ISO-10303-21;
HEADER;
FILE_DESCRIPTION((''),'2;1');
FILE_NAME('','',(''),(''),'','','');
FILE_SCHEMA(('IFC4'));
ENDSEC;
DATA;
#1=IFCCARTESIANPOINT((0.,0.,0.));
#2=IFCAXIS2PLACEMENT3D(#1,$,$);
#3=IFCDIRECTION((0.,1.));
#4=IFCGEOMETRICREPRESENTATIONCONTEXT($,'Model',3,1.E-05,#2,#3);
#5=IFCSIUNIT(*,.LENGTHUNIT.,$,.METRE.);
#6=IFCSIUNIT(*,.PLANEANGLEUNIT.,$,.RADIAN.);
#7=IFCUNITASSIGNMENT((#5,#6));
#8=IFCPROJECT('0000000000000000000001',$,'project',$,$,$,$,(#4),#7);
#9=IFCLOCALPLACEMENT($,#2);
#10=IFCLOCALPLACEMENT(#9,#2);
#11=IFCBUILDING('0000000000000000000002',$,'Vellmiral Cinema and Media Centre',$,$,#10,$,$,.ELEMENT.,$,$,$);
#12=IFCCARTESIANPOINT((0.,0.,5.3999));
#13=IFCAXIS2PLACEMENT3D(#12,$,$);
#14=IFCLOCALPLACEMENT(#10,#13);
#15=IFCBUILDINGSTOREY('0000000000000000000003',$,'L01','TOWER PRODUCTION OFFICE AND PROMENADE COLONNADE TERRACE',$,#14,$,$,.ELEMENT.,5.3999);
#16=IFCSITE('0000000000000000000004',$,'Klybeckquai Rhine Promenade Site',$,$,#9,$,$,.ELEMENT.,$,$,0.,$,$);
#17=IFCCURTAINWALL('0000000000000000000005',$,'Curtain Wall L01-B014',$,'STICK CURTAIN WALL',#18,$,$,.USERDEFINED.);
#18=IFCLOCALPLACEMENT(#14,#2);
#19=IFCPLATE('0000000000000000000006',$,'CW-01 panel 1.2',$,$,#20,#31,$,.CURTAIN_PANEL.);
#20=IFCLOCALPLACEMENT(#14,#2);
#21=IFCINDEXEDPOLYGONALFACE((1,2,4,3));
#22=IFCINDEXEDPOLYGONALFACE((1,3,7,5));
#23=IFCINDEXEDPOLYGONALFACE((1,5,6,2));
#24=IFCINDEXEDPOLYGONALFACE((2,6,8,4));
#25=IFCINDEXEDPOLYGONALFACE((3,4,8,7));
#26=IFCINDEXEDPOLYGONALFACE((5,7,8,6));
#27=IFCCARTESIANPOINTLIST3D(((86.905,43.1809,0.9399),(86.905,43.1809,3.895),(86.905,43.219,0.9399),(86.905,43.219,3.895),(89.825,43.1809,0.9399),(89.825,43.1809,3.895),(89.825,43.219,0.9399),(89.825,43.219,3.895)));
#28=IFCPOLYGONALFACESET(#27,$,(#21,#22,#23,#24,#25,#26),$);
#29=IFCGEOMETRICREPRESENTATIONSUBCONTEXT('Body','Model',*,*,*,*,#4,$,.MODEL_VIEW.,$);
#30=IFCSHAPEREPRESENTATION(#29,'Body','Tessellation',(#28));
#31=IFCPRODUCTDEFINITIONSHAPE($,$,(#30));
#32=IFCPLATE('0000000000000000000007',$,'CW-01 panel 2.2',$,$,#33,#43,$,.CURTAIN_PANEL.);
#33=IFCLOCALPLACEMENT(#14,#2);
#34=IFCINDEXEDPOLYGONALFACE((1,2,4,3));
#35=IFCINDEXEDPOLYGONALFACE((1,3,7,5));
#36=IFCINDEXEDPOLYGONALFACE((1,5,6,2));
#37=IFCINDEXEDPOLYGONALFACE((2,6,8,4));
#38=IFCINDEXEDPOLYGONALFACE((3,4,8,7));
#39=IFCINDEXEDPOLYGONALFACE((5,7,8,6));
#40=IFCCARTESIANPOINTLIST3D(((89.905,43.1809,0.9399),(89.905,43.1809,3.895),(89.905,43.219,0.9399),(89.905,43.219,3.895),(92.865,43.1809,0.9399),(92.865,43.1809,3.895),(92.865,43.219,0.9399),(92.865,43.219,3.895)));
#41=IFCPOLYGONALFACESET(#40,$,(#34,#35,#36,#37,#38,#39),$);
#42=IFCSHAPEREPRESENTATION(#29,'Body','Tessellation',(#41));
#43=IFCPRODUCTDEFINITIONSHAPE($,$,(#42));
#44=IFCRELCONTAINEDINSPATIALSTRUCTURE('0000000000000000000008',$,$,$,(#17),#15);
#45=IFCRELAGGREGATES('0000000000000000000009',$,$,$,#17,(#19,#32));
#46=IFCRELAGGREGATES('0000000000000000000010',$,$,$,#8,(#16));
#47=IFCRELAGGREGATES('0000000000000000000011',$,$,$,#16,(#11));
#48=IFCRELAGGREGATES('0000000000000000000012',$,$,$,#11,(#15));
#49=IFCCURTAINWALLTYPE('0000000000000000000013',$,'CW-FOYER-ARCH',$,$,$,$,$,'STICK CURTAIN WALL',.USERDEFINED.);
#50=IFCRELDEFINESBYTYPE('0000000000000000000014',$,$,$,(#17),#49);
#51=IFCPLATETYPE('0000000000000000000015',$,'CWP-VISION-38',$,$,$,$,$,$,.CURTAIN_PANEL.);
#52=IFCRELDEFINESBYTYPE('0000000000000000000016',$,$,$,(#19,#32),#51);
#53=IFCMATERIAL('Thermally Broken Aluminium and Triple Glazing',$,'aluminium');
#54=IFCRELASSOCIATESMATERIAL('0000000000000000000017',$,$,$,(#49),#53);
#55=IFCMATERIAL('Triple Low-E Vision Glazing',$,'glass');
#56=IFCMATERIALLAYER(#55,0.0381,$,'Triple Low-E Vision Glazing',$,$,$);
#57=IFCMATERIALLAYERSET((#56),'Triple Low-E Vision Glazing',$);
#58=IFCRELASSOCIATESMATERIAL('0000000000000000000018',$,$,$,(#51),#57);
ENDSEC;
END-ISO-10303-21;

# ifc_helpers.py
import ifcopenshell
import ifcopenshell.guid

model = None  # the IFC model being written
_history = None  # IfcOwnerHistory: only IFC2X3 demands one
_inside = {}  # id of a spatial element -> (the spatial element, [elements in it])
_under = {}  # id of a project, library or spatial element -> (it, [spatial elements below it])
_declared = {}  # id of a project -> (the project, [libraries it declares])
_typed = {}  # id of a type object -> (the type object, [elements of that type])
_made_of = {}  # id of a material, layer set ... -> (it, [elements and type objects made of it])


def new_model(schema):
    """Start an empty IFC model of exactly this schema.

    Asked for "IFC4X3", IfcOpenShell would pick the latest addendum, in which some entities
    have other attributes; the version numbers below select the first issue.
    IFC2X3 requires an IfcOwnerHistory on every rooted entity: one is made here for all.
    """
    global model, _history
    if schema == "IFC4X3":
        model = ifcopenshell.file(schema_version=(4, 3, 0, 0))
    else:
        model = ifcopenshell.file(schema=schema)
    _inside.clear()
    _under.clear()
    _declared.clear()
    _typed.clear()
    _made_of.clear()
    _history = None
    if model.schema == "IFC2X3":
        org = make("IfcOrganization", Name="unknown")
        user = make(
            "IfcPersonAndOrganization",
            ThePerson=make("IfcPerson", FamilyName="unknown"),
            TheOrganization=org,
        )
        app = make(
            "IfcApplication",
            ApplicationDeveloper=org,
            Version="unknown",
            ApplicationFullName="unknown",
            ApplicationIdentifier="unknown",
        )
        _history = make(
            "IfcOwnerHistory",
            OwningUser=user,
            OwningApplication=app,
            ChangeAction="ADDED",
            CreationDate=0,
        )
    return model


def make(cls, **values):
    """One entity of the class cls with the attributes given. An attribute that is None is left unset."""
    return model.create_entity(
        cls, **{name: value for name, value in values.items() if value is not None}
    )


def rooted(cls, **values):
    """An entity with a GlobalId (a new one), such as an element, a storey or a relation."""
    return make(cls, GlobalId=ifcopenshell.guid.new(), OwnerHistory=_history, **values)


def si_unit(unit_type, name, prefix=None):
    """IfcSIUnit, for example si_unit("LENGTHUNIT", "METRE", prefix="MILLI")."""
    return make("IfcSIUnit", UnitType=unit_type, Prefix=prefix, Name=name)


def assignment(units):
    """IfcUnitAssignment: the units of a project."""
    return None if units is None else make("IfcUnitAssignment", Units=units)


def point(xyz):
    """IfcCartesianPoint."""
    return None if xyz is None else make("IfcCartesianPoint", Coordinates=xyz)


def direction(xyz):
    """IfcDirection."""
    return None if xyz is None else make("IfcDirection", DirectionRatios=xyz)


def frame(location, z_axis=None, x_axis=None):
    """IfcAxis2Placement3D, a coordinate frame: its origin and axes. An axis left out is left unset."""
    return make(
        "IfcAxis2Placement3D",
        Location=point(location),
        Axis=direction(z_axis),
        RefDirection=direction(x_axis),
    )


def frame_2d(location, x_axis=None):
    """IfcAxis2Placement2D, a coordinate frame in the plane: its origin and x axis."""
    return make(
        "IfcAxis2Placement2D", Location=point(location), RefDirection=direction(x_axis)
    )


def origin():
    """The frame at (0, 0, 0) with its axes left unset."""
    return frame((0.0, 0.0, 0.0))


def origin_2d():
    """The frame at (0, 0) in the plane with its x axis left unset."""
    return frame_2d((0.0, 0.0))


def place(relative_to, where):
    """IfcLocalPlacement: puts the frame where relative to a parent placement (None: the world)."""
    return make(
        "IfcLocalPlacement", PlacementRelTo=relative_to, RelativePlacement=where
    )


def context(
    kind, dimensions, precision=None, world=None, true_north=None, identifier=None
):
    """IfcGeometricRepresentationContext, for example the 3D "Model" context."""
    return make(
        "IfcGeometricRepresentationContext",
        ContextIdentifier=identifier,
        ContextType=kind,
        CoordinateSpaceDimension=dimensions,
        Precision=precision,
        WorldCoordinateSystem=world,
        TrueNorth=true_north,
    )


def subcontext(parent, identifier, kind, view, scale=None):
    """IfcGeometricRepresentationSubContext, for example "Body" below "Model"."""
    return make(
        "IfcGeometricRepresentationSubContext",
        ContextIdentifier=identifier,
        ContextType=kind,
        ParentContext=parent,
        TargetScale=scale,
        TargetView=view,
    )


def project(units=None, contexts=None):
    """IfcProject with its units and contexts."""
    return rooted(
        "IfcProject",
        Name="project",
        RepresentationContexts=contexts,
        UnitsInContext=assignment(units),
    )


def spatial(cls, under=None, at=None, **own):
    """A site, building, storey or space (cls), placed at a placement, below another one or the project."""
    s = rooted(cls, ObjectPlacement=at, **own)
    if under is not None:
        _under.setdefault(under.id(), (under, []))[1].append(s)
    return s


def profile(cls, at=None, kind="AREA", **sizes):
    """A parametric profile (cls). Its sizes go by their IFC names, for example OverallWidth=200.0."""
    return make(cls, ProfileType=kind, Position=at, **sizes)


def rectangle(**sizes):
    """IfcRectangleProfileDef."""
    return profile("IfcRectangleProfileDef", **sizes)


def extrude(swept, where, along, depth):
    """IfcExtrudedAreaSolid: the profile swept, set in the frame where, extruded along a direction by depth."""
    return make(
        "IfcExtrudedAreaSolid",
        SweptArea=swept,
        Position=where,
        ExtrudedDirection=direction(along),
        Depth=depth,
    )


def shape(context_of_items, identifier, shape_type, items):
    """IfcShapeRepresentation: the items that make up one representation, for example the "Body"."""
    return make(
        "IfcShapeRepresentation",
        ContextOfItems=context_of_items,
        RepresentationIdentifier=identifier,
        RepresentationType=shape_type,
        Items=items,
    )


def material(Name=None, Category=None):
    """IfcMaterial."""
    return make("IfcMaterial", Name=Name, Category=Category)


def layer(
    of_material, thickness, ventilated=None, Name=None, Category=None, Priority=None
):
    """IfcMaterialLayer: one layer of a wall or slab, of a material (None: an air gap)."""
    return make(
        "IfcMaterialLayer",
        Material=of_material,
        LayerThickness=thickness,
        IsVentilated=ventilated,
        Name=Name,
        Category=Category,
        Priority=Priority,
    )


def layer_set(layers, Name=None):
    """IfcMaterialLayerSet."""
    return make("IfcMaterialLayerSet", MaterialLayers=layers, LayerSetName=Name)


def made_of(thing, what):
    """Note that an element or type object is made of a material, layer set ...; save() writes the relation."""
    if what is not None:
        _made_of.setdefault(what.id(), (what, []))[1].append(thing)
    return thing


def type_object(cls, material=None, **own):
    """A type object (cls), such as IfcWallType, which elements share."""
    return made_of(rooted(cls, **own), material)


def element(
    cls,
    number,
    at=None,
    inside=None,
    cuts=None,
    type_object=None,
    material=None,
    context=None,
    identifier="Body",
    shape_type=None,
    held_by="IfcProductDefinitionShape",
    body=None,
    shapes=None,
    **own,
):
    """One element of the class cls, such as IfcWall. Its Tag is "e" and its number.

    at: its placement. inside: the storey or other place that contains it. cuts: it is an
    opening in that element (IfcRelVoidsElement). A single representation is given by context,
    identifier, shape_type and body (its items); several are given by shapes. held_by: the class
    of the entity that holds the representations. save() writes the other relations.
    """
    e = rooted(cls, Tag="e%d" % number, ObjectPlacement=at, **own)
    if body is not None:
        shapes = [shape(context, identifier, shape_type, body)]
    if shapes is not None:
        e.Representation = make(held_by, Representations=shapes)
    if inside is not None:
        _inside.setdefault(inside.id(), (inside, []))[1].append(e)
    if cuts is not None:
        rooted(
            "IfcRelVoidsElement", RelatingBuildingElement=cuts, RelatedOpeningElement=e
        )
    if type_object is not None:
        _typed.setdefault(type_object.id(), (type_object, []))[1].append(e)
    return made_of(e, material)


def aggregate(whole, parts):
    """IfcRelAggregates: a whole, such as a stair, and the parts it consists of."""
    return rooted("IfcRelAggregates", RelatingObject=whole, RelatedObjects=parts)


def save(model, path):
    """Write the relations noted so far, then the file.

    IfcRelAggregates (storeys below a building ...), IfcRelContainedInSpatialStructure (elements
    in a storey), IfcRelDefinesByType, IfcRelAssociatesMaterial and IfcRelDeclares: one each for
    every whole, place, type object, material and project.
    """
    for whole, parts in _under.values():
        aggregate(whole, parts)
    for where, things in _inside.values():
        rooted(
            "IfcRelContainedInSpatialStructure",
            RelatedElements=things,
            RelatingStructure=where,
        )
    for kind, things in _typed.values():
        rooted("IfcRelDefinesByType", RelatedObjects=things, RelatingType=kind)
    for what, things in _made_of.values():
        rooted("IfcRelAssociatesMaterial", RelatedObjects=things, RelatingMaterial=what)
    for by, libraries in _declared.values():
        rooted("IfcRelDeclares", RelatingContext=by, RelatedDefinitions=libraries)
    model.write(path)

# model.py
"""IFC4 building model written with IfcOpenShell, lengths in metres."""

from ifc_helpers import new_model, si_unit, direction, frame, origin, origin_2d, place, context, subcontext, project, spatial, rectangle, extrude, material, layer, layer_set, type_object, element, aggregate, save


model = new_model("IFC4")

# Units and contexts
model_context = context("Model", 3, precision=1e-05, world=origin(), true_north=direction((0.0, 1.0)))
body_context = subcontext(model_context, "Body", "Model", "MODEL_VIEW")
ifc_project = project(units=[si_unit("LENGTHUNIT", "METRE"), si_unit("PLANEANGLEUNIT", "RADIAN")], contexts=[model_context])

# Site, building, storey
site_placement = place(None, origin())
site = spatial("IfcSite", under=ifc_project, at=site_placement, Name="Klybeckquai Rhine Promenade Site", CompositionType="ELEMENT", RefElevation=0.0)
building_placement = place(site_placement, origin())
building = spatial("IfcBuilding", under=site, at=building_placement, Name="Vellmiral Cinema and Media Centre", CompositionType="ELEMENT")
storey_placement = place(building_placement, frame((0.0, 0.0, 5.3999)))
storey = spatial("IfcBuildingStorey", under=building, at=storey_placement, Name="L01", Description="TOWER PRODUCTION OFFICE AND PROMENADE COLONNADE TERRACE", CompositionType="ELEMENT", Elevation=5.3999)

# Curtain wall
ifc_material_1 = material(Name="Thermally Broken Aluminium and Triple Glazing", Category="aluminium")
curtain_wall_type_1 = type_object("IfcCurtainWallType", Name="CW-FOYER-ARCH", ElementType="STICK CURTAIN WALL", PredefinedType="USERDEFINED", material=ifc_material_1)
curtain_wall_1_placement = place(storey_placement, origin())
curtain_wall_1 = element("IfcCurtainWall", 1, at=curtain_wall_1_placement, inside=storey, type_object=curtain_wall_type_1, Name="Curtain Wall L01-B014", ObjectType="STICK CURTAIN WALL", PredefinedType="USERDEFINED")

# Plates
ifc_material_2 = material(Name="Triple Low-E Vision Glazing", Category="glass")
ifc_layer_1 = layer(ifc_material_2, 0.0381, Name="Triple Low-E Vision Glazing")
ifc_layer_set_1 = layer_set([ifc_layer_1], Name="Triple Low-E Vision Glazing")
plate_type_1 = type_object("IfcPlateType", Name="CWP-VISION-38", PredefinedType="CURTAIN_PANEL", material=ifc_layer_set_1)
plate_1_placement = place(storey_placement, frame((88.365, 43.2, 0.9399), z_axis=(0.0, 0.0, 1.0), x_axis=(1.0, 0.0, 0.0)))
plate_1 = element("IfcPlate", 2, at=plate_1_placement, type_object=plate_type_1, Name="CW-01 panel 1.2", PredefinedType="CURTAIN_PANEL", context=body_context, shape_type="SweptSolid", body=[
    extrude(rectangle(XDim=2.9199, YDim=0.0381, at=origin_2d()), origin(), (0.0, 0.0, 1.0), 2.9551),
])
plate_2_placement = place(storey_placement, frame((91.385, 43.2, 0.9399), z_axis=(0.0, 0.0, 1.0), x_axis=(1.0, 0.0, 0.0)))
plate_2 = element("IfcPlate", 3, at=plate_2_placement, type_object=plate_type_1, Name="CW-01 panel 2.2", PredefinedType="CURTAIN_PANEL", context=body_context, shape_type="SweptSolid", body=[
    extrude(rectangle(XDim=2.96, YDim=0.0381, at=origin_2d()), origin(), (0.0, 0.0, 1.0), 2.9551),
])
aggregate(curtain_wall_1, [plate_1, plate_2])

save(model, "model.ifc")
